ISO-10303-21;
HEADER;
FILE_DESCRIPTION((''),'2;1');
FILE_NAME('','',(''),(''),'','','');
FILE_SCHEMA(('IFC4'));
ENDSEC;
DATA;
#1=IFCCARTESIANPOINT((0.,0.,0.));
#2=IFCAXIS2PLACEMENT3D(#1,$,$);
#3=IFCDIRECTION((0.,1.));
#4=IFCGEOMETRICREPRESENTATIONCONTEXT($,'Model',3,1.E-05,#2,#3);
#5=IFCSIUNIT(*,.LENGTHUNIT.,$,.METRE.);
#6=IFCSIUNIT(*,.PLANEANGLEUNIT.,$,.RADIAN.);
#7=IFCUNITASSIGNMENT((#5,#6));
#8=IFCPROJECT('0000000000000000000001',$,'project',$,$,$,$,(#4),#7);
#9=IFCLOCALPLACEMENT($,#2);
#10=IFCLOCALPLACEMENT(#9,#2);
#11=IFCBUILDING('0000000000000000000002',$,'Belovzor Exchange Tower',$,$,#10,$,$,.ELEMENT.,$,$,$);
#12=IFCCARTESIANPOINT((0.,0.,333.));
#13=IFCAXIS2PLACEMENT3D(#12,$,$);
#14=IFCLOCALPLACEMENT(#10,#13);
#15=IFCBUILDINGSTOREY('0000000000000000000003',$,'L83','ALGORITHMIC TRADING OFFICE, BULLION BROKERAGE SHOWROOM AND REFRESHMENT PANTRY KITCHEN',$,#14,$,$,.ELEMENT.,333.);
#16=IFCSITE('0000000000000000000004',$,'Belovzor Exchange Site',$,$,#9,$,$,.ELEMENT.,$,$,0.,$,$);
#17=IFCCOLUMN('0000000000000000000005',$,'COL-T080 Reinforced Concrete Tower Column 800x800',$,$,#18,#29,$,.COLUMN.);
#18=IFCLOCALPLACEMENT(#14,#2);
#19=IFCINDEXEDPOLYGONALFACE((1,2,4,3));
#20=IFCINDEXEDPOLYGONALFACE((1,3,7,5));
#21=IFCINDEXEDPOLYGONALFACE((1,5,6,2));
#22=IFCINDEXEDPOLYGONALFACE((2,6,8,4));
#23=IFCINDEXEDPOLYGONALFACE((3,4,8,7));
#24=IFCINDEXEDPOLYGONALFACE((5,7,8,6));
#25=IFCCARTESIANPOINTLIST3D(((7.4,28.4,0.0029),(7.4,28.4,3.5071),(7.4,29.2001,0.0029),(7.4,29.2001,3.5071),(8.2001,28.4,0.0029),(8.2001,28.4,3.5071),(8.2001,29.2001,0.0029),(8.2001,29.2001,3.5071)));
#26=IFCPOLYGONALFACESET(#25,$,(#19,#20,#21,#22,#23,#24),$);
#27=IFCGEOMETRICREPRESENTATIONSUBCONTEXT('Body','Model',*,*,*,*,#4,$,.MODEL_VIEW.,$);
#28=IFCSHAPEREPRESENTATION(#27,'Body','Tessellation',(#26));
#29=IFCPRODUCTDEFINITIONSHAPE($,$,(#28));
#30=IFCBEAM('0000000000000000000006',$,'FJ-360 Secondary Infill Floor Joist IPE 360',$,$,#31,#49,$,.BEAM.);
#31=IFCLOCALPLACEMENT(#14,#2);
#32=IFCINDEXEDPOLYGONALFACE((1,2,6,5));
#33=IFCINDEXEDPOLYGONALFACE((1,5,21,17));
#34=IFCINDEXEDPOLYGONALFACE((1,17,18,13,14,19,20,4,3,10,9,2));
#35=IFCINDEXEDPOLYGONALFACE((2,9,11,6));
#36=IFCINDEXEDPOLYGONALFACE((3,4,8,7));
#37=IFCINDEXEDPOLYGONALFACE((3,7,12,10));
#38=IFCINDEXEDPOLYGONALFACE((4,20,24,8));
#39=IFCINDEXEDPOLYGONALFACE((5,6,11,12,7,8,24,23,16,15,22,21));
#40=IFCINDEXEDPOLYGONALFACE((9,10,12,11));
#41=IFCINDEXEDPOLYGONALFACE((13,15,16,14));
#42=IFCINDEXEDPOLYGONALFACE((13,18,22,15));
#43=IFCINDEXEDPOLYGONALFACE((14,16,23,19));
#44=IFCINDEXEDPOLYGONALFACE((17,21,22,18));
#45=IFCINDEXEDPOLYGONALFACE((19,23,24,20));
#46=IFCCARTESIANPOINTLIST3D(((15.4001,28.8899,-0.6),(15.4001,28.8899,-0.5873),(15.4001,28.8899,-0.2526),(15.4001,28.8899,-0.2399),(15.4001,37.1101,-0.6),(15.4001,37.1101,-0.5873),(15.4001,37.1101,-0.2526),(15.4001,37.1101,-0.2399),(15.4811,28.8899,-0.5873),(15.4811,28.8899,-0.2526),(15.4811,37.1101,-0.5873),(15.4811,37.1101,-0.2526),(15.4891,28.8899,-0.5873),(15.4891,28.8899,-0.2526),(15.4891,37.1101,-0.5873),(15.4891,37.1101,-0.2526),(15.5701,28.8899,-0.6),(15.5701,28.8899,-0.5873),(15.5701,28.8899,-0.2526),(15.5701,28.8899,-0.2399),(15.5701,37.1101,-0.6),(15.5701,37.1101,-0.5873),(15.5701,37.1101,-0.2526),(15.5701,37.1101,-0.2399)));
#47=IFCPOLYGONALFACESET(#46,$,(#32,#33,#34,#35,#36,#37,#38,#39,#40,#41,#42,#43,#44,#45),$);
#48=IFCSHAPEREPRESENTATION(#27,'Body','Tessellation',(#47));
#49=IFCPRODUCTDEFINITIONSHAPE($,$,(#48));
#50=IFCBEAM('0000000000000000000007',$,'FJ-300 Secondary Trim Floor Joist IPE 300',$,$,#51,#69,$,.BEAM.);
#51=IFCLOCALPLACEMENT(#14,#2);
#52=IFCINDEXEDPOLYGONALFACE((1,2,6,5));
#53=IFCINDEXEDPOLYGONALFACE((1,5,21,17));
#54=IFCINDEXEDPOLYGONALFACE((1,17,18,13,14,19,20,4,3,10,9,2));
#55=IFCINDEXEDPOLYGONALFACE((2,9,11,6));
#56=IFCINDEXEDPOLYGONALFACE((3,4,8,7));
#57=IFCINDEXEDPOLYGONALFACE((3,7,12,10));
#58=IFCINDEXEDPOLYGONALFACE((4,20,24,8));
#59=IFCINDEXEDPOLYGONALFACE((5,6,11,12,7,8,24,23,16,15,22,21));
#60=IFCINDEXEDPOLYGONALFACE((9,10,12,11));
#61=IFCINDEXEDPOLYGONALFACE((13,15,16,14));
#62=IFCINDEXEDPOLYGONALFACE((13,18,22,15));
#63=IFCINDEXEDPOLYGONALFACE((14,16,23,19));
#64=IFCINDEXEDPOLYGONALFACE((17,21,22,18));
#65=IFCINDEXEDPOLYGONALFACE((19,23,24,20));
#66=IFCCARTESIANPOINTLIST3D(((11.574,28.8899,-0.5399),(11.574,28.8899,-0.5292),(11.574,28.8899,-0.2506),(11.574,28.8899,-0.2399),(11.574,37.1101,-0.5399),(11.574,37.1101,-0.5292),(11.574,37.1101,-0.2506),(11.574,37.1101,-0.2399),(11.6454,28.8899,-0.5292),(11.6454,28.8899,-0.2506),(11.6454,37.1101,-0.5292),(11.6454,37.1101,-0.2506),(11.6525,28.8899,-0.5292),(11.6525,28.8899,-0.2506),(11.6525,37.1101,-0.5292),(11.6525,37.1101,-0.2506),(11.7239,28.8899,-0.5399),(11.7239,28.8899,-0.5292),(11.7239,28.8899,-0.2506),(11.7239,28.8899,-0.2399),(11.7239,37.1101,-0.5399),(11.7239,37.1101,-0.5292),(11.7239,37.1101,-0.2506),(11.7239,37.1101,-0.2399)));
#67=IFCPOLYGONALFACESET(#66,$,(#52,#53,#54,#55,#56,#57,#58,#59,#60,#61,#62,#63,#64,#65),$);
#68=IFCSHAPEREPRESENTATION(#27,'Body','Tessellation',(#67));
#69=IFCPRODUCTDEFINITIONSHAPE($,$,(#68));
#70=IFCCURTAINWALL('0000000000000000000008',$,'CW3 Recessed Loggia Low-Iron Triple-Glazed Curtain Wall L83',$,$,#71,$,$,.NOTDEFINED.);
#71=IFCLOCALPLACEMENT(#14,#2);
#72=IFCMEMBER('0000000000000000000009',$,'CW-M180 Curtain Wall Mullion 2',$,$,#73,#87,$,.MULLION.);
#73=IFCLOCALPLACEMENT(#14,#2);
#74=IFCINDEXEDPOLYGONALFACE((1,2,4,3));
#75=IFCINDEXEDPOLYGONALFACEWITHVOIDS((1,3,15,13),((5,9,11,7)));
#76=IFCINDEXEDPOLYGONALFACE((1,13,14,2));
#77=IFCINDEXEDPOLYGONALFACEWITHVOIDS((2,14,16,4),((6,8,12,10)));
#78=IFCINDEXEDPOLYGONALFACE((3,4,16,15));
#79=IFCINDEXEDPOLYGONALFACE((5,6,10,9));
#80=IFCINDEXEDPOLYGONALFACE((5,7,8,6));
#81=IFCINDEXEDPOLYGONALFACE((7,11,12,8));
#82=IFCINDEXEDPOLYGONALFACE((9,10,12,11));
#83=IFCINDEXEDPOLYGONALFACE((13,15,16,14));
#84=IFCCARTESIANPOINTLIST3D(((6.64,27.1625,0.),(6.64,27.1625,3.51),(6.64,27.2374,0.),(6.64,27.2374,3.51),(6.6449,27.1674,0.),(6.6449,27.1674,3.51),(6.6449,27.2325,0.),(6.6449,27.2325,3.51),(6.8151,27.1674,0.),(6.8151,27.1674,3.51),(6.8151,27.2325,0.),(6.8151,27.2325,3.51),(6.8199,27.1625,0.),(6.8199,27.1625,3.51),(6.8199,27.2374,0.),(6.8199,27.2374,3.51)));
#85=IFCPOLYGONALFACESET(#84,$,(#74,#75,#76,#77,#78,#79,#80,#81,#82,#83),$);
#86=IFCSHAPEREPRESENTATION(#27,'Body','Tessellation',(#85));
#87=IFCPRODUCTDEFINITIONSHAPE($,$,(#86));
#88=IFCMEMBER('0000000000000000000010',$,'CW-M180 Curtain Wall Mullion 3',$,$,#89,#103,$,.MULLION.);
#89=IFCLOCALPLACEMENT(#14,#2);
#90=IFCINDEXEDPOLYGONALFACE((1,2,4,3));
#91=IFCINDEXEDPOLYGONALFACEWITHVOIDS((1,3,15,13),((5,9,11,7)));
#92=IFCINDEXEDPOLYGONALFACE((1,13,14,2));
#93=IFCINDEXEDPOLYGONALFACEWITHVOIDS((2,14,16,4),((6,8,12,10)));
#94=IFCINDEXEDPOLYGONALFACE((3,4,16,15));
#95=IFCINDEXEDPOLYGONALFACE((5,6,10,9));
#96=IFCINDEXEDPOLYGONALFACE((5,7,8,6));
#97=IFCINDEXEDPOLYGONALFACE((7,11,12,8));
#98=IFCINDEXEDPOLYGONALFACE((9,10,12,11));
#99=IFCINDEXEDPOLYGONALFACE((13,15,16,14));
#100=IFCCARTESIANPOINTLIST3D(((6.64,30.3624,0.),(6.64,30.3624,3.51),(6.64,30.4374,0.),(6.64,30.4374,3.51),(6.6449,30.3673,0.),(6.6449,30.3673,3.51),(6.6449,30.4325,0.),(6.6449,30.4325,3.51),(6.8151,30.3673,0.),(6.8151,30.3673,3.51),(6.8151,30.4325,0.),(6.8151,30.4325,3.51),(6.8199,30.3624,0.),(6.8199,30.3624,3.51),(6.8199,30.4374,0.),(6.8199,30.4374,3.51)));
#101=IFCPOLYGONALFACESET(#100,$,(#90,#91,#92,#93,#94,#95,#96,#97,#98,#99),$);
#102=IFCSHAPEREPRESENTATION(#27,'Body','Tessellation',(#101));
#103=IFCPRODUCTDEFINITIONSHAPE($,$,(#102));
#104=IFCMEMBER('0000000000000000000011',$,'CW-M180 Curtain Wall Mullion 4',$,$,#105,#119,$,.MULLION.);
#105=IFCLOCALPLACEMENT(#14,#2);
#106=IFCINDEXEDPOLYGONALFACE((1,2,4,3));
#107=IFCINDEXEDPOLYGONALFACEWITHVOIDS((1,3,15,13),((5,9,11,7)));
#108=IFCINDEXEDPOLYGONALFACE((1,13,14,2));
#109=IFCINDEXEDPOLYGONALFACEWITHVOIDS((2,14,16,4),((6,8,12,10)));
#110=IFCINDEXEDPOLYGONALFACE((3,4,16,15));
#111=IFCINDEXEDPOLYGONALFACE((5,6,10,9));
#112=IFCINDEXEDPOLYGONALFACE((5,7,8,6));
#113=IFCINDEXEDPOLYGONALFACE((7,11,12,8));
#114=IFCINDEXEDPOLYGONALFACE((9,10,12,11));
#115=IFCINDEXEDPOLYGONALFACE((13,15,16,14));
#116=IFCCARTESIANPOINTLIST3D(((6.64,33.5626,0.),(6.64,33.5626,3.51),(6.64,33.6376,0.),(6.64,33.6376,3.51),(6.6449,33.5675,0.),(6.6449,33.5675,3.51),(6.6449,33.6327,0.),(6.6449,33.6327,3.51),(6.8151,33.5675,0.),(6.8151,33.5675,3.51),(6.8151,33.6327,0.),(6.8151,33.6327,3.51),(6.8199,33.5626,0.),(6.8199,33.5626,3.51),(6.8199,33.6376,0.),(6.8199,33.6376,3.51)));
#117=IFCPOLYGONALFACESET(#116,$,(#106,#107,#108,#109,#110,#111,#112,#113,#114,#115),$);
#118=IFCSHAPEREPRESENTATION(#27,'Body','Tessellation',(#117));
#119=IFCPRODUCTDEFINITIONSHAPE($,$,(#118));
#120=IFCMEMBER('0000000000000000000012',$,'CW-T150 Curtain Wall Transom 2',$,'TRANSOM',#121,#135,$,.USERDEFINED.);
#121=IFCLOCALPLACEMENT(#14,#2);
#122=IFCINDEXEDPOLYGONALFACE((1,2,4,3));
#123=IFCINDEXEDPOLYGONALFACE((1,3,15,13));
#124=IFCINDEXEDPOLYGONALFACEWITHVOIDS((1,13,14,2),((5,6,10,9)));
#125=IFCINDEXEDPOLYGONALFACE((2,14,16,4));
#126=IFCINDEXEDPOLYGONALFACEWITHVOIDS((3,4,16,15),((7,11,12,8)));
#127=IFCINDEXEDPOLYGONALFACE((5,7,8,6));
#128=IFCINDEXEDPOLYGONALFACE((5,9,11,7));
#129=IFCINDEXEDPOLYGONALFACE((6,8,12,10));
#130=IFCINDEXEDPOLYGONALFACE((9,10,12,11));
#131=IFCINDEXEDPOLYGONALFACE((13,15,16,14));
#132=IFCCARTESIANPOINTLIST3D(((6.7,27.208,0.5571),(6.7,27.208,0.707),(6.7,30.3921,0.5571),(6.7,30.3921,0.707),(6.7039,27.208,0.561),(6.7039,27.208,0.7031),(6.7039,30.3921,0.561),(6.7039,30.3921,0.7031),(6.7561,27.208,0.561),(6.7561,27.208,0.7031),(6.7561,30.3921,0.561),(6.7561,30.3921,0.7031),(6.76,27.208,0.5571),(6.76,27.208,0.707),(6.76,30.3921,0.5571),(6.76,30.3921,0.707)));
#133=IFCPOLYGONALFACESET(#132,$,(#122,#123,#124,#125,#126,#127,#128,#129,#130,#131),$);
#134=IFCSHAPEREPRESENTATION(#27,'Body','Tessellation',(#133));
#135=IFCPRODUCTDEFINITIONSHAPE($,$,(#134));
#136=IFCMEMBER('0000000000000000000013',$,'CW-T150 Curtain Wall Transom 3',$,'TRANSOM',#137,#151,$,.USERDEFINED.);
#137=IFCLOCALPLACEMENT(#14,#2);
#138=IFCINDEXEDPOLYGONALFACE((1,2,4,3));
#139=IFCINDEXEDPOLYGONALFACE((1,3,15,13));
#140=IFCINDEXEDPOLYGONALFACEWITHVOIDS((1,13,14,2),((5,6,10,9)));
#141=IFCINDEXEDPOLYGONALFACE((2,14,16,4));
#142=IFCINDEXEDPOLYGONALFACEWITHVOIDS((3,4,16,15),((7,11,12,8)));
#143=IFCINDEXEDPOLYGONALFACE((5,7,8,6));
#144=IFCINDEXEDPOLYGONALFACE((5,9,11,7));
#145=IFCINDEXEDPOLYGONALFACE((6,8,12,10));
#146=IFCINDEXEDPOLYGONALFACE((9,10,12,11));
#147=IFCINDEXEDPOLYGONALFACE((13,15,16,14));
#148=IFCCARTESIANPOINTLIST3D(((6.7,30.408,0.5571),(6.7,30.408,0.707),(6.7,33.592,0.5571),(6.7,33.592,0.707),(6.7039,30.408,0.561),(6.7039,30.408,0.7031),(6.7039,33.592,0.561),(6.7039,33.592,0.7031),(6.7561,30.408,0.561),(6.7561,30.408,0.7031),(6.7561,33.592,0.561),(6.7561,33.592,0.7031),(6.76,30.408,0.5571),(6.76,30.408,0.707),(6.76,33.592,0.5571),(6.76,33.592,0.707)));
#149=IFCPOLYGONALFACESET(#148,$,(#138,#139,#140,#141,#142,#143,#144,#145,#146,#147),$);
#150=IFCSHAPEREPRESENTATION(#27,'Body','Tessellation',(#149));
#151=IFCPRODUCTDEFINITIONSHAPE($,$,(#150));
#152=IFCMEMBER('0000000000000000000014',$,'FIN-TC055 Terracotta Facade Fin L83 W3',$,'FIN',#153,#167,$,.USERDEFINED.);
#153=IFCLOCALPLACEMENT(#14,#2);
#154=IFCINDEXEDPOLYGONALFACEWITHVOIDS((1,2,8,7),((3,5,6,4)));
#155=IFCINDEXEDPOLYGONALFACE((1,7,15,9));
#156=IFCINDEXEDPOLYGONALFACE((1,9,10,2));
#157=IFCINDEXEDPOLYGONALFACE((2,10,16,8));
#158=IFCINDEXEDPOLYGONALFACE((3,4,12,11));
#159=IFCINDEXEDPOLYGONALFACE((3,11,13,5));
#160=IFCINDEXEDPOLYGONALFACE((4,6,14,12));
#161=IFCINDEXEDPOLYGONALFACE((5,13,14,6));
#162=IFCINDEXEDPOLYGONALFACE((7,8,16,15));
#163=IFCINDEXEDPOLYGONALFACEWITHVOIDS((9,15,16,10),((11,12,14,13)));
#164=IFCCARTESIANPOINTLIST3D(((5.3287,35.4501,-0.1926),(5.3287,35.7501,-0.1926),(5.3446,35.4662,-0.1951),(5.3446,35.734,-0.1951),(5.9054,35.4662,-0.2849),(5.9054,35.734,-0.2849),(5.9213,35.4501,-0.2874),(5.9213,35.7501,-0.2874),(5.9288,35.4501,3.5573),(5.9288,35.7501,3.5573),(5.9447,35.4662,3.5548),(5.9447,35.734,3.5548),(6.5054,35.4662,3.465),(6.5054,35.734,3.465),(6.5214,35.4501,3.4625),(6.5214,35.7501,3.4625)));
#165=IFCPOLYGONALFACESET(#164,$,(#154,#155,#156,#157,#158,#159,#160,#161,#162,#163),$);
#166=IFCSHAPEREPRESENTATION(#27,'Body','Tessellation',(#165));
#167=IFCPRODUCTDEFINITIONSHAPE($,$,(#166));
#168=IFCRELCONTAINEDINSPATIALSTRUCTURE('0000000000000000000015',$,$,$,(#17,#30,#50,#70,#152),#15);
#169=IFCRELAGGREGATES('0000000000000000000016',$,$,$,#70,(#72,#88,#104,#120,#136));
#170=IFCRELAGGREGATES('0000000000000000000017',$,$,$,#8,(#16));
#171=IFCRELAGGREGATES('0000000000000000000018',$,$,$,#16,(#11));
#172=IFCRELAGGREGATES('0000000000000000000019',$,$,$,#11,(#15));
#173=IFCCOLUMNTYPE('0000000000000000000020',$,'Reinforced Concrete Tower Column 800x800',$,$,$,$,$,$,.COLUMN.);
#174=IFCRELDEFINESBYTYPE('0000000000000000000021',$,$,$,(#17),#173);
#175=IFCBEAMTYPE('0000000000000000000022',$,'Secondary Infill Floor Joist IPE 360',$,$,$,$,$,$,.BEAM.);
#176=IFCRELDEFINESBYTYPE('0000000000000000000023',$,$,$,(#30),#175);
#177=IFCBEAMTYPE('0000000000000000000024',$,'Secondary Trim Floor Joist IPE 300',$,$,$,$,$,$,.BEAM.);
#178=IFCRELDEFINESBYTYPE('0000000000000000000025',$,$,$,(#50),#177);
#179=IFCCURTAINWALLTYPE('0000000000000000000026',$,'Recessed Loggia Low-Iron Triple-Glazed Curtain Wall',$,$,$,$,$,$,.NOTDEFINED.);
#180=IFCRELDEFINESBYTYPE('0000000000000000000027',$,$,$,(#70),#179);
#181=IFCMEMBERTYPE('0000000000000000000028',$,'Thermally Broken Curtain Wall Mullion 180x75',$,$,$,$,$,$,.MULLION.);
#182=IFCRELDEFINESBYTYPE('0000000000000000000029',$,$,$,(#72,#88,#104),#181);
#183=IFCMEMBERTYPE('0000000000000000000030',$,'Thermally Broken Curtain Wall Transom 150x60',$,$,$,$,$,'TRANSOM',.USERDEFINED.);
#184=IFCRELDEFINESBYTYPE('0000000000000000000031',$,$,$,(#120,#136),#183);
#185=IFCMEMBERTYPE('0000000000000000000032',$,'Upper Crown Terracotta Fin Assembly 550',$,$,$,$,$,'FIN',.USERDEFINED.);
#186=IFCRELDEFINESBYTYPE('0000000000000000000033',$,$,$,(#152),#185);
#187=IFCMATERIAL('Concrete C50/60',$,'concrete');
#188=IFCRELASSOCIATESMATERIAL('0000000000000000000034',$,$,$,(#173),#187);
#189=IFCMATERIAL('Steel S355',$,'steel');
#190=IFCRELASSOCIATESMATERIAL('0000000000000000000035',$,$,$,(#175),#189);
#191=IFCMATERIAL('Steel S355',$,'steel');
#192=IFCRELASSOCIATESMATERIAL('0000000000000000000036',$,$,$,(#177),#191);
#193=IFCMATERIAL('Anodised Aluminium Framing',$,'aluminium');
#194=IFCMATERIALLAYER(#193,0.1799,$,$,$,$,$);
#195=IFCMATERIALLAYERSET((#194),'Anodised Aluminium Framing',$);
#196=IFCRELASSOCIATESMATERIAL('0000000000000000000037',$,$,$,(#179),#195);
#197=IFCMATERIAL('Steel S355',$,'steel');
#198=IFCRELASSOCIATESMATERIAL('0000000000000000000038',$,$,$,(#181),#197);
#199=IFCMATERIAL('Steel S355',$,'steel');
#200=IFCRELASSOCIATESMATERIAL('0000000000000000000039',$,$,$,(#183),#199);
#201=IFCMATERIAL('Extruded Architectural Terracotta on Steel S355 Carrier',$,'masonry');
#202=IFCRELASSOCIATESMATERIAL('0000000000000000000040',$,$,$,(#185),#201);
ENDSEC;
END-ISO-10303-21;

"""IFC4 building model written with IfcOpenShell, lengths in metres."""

from ifc_helpers import new_model, si_unit, direction, frame, origin, origin_2d, place, context, subcontext, project, spatial, rectangle, hollow_rectangle, i_section, extrude, material, layer, layer_set, material_profile, profile_set, type_object, element, aggregate, save


model = new_model("IFC4")

# Units and contexts
model_context = context("Model", 3, precision=1e-05, world=origin(), true_north=direction((0.0, 1.0)))
body_context = subcontext(model_context, "Body", "Model", "MODEL_VIEW")
ifc_project = project(units=[si_unit("LENGTHUNIT", "METRE"), si_unit("PLANEANGLEUNIT", "RADIAN")], contexts=[model_context])

# Site, building, storey
site_placement = place(None, origin())
site = spatial("IfcSite", under=ifc_project, at=site_placement, Name="Belovzor Exchange Site", CompositionType="ELEMENT", RefElevation=0.0)
building_placement = place(site_placement, origin())
building = spatial("IfcBuilding", under=site, at=building_placement, Name="Belovzor Exchange Tower", CompositionType="ELEMENT")
storey_placement = place(building_placement, frame((0.0, 0.0, 333.0)))
storey = spatial("IfcBuildingStorey", under=building, at=storey_placement, Name="L83", Description="ALGORITHMIC TRADING OFFICE, BULLION BROKERAGE SHOWROOM AND REFRESHMENT PANTRY KITCHEN", CompositionType="ELEMENT", Elevation=333.0)

# Column
ifc_material_1 = material(Name="Concrete C50/60", Category="concrete")
ifc_material_profile_1 = material_profile(ifc_material_1, rectangle(XDim=0.8, YDim=0.8, at=origin_2d()))
ifc_profile_set_1 = profile_set([ifc_material_profile_1], Name="Concrete C50/60")
column_type = type_object("IfcColumnType", Name="Reinforced Concrete Tower Column 800x800", PredefinedType="COLUMN", material=ifc_profile_set_1)
column_placement = place(storey_placement, frame((7.8, 28.8, 0.0029), z_axis=(0.0, 0.0, 1.0), x_axis=(1.0, 0.0, 0.0)))
element("IfcColumn", 1, at=column_placement, inside=storey, type_object=column_type, Name="COL-T080 Reinforced Concrete Tower Column 800x800", PredefinedType="COLUMN", context=body_context, shape_type="SweptSolid", body=[
    extrude(rectangle(XDim=0.8, YDim=0.8, at=origin_2d()), origin(), (0.0, 0.0, 1.0), 3.5042),
])

# Beams
ifc_material_2 = material(Name="Steel S355", Category="steel")
ifc_material_profile_2 = material_profile(ifc_material_2, i_section(OverallWidth=0.1699, OverallDepth=0.3601, WebThickness=0.0081, FlangeThickness=0.0127, at=origin_2d()))
ifc_profile_set_2 = profile_set([ifc_material_profile_2], Name="Steel S355")
beam_type_1 = type_object("IfcBeamType", Name="Secondary Infill Floor Joist IPE 360", PredefinedType="BEAM", material=ifc_profile_set_2)
beam_1_placement = place(storey_placement, frame((15.4851, 28.8899, -0.4199), z_axis=(0.0, 1.0, 0.0), x_axis=(-1.0, 0.0, 0.0)))
element("IfcBeam", 2, at=beam_1_placement, inside=storey, type_object=beam_type_1, Name="FJ-360 Secondary Infill Floor Joist IPE 360", PredefinedType="BEAM", context=body_context, shape_type="SweptSolid", body=[
    extrude(i_section(OverallWidth=0.1699, OverallDepth=0.3601, WebThickness=0.0081, FlangeThickness=0.0127, at=origin_2d()), origin(), (0.0, 0.0, 1.0), 8.2202),
])
ifc_material_3 = material(Name="Steel S355", Category="steel")
ifc_material_profile_3 = material_profile(ifc_material_3, i_section(OverallWidth=0.1499, OverallDepth=0.3, WebThickness=0.0071, FlangeThickness=0.0107, at=origin_2d()))
ifc_profile_set_3 = profile_set([ifc_material_profile_3], Name="Steel S355")
beam_type_2 = type_object("IfcBeamType", Name="Secondary Trim Floor Joist IPE 300", PredefinedType="BEAM", material=ifc_profile_set_3)
beam_2_placement = place(storey_placement, frame((11.6489, 28.8899, -0.3899), z_axis=(0.0, 1.0, 0.0), x_axis=(-1.0, 0.0, 0.0)))
element("IfcBeam", 3, at=beam_2_placement, inside=storey, type_object=beam_type_2, Name="FJ-300 Secondary Trim Floor Joist IPE 300", PredefinedType="BEAM", context=body_context, shape_type="SweptSolid", body=[
    extrude(i_section(OverallWidth=0.1499, OverallDepth=0.3, WebThickness=0.0071, FlangeThickness=0.0107, at=origin_2d()), origin(), (0.0, 0.0, 1.0), 8.2202),
])

# Curtain wall, members
ifc_material_4 = material(Name="Anodised Aluminium Framing", Category="aluminium")
ifc_layer_1 = layer(ifc_material_4, 0.1799)
ifc_layer_set_1 = layer_set([ifc_layer_1], Name="Anodised Aluminium Framing")
curtain_wall_type = type_object("IfcCurtainWallType", Name="Recessed Loggia Low-Iron Triple-Glazed Curtain Wall", PredefinedType="NOTDEFINED", material=ifc_layer_set_1)
curtain_wall_placement = place(storey_placement, origin())
curtain_wall = element("IfcCurtainWall", 4, at=curtain_wall_placement, inside=storey, type_object=curtain_wall_type, Name="CW3 Recessed Loggia Low-Iron Triple-Glazed Curtain Wall L83", PredefinedType="NOTDEFINED")
ifc_material_5 = material(Name="Steel S355", Category="steel")
ifc_material_profile_4 = material_profile(ifc_material_5, hollow_rectangle(XDim=0.075, YDim=0.1799, WallThickness=0.0049, at=origin_2d()))
ifc_profile_set_4 = profile_set([ifc_material_profile_4], Name="Steel S355")
member_type_1 = type_object("IfcMemberType", Name="Thermally Broken Curtain Wall Mullion 180x75", PredefinedType="MULLION", material=ifc_profile_set_4)
member_1_placement = place(storey_placement, frame((6.73, 27.2, 0.0), z_axis=(0.0, 0.0, 1.0), x_axis=(0.0, 1.0, 0.0)))
member_1 = element("IfcMember", 5, at=member_1_placement, type_object=member_type_1, Name="CW-M180 Curtain Wall Mullion 2", PredefinedType="MULLION", context=body_context, shape_type="SweptSolid", body=[
    extrude(hollow_rectangle(XDim=0.075, YDim=0.1799, WallThickness=0.0049, at=origin_2d()), origin(), (0.0, 0.0, 1.0), 3.51),
])
member_2_placement = place(storey_placement, frame((6.73, 30.3999, 0.0), z_axis=(0.0, 0.0, 1.0), x_axis=(0.0, 1.0, 0.0)))
member_2 = element("IfcMember", 6, at=member_2_placement, type_object=member_type_1, Name="CW-M180 Curtain Wall Mullion 3", PredefinedType="MULLION", context=body_context, shape_type="SweptSolid", body=[
    extrude(hollow_rectangle(XDim=0.075, YDim=0.1799, WallThickness=0.0049, at=origin_2d()), origin(), (0.0, 0.0, 1.0), 3.51),
])
member_3_placement = place(storey_placement, frame((6.73, 33.6001, 0.0), z_axis=(0.0, 0.0, 1.0), x_axis=(0.0, 1.0, 0.0)))
member_3 = element("IfcMember", 7, at=member_3_placement, type_object=member_type_1, Name="CW-M180 Curtain Wall Mullion 4", PredefinedType="MULLION", context=body_context, shape_type="SweptSolid", body=[
    extrude(hollow_rectangle(XDim=0.075, YDim=0.1799, WallThickness=0.0049, at=origin_2d()), origin(), (0.0, 0.0, 1.0), 3.51),
])
ifc_material_6 = material(Name="Steel S355", Category="steel")
ifc_material_profile_5 = material_profile(ifc_material_6, hollow_rectangle(XDim=0.0601, YDim=0.1499, WallThickness=0.0039, at=origin_2d()))
ifc_profile_set_5 = profile_set([ifc_material_profile_5], Name="Steel S355")
member_type_2 = type_object("IfcMemberType", Name="Thermally Broken Curtain Wall Transom 150x60", ElementType="TRANSOM", PredefinedType="USERDEFINED", material=ifc_profile_set_5)
member_4_placement = place(storey_placement, frame((6.73, 27.208, 0.6321), z_axis=(0.0, 1.0, 0.0), x_axis=(-1.0, 0.0, 0.0)))
member_4 = element("IfcMember", 8, at=member_4_placement, type_object=member_type_2, Name="CW-T150 Curtain Wall Transom 2", ObjectType="TRANSOM", PredefinedType="USERDEFINED", context=body_context, shape_type="SweptSolid", body=[
    extrude(hollow_rectangle(XDim=0.0601, YDim=0.1499, WallThickness=0.0039, at=origin_2d()), origin(), (0.0, 0.0, 1.0), 3.1841),
])
member_5_placement = place(storey_placement, frame((6.73, 30.408, 0.6321), z_axis=(0.0, 1.0, 0.0), x_axis=(-1.0, 0.0, 0.0)))
member_5 = element("IfcMember", 9, at=member_5_placement, type_object=member_type_2, Name="CW-T150 Curtain Wall Transom 3", ObjectType="TRANSOM", PredefinedType="USERDEFINED", context=body_context, shape_type="SweptSolid", body=[
    extrude(hollow_rectangle(XDim=0.0601, YDim=0.1499, WallThickness=0.0039, at=origin_2d()), origin(), (0.0, 0.0, 1.0), 3.1841),
])

# Member
ifc_material_7 = material(Name="Extruded Architectural Terracotta on Steel S355 Carrier", Category="masonry")
ifc_material_profile_6 = material_profile(ifc_material_7, hollow_rectangle(XDim=0.3, YDim=0.6001, WallThickness=0.0161, at=origin_2d()))
ifc_profile_set_6 = profile_set([ifc_material_profile_6], Name="Extruded Architectural Terracotta on Steel S355 Carrier")
member_type_3 = type_object("IfcMemberType", Name="Upper Crown Terracotta Fin Assembly 550", ElementType="FIN", PredefinedType="USERDEFINED", material=ifc_profile_set_6)
member_6_placement = place(storey_placement, frame((5.625, 35.6001, -0.24), z_axis=(0.158016, 0.0, 0.987437), x_axis=(0.0, 1.0, 0.0)))
element("IfcMember", 10, at=member_6_placement, inside=storey, type_object=member_type_3, Name="FIN-TC055 Terracotta Facade Fin L83 W3", ObjectType="FIN", PredefinedType="USERDEFINED", context=body_context, shape_type="SweptSolid", body=[
    extrude(hollow_rectangle(XDim=0.3, YDim=0.6001, WallThickness=0.0161, at=origin_2d()), origin(), (0.0, 0.0, 1.0), 3.7976),
])

aggregate(curtain_wall, [member_1, member_2, member_3, member_4, member_5])

save(model, "model.ifc")
